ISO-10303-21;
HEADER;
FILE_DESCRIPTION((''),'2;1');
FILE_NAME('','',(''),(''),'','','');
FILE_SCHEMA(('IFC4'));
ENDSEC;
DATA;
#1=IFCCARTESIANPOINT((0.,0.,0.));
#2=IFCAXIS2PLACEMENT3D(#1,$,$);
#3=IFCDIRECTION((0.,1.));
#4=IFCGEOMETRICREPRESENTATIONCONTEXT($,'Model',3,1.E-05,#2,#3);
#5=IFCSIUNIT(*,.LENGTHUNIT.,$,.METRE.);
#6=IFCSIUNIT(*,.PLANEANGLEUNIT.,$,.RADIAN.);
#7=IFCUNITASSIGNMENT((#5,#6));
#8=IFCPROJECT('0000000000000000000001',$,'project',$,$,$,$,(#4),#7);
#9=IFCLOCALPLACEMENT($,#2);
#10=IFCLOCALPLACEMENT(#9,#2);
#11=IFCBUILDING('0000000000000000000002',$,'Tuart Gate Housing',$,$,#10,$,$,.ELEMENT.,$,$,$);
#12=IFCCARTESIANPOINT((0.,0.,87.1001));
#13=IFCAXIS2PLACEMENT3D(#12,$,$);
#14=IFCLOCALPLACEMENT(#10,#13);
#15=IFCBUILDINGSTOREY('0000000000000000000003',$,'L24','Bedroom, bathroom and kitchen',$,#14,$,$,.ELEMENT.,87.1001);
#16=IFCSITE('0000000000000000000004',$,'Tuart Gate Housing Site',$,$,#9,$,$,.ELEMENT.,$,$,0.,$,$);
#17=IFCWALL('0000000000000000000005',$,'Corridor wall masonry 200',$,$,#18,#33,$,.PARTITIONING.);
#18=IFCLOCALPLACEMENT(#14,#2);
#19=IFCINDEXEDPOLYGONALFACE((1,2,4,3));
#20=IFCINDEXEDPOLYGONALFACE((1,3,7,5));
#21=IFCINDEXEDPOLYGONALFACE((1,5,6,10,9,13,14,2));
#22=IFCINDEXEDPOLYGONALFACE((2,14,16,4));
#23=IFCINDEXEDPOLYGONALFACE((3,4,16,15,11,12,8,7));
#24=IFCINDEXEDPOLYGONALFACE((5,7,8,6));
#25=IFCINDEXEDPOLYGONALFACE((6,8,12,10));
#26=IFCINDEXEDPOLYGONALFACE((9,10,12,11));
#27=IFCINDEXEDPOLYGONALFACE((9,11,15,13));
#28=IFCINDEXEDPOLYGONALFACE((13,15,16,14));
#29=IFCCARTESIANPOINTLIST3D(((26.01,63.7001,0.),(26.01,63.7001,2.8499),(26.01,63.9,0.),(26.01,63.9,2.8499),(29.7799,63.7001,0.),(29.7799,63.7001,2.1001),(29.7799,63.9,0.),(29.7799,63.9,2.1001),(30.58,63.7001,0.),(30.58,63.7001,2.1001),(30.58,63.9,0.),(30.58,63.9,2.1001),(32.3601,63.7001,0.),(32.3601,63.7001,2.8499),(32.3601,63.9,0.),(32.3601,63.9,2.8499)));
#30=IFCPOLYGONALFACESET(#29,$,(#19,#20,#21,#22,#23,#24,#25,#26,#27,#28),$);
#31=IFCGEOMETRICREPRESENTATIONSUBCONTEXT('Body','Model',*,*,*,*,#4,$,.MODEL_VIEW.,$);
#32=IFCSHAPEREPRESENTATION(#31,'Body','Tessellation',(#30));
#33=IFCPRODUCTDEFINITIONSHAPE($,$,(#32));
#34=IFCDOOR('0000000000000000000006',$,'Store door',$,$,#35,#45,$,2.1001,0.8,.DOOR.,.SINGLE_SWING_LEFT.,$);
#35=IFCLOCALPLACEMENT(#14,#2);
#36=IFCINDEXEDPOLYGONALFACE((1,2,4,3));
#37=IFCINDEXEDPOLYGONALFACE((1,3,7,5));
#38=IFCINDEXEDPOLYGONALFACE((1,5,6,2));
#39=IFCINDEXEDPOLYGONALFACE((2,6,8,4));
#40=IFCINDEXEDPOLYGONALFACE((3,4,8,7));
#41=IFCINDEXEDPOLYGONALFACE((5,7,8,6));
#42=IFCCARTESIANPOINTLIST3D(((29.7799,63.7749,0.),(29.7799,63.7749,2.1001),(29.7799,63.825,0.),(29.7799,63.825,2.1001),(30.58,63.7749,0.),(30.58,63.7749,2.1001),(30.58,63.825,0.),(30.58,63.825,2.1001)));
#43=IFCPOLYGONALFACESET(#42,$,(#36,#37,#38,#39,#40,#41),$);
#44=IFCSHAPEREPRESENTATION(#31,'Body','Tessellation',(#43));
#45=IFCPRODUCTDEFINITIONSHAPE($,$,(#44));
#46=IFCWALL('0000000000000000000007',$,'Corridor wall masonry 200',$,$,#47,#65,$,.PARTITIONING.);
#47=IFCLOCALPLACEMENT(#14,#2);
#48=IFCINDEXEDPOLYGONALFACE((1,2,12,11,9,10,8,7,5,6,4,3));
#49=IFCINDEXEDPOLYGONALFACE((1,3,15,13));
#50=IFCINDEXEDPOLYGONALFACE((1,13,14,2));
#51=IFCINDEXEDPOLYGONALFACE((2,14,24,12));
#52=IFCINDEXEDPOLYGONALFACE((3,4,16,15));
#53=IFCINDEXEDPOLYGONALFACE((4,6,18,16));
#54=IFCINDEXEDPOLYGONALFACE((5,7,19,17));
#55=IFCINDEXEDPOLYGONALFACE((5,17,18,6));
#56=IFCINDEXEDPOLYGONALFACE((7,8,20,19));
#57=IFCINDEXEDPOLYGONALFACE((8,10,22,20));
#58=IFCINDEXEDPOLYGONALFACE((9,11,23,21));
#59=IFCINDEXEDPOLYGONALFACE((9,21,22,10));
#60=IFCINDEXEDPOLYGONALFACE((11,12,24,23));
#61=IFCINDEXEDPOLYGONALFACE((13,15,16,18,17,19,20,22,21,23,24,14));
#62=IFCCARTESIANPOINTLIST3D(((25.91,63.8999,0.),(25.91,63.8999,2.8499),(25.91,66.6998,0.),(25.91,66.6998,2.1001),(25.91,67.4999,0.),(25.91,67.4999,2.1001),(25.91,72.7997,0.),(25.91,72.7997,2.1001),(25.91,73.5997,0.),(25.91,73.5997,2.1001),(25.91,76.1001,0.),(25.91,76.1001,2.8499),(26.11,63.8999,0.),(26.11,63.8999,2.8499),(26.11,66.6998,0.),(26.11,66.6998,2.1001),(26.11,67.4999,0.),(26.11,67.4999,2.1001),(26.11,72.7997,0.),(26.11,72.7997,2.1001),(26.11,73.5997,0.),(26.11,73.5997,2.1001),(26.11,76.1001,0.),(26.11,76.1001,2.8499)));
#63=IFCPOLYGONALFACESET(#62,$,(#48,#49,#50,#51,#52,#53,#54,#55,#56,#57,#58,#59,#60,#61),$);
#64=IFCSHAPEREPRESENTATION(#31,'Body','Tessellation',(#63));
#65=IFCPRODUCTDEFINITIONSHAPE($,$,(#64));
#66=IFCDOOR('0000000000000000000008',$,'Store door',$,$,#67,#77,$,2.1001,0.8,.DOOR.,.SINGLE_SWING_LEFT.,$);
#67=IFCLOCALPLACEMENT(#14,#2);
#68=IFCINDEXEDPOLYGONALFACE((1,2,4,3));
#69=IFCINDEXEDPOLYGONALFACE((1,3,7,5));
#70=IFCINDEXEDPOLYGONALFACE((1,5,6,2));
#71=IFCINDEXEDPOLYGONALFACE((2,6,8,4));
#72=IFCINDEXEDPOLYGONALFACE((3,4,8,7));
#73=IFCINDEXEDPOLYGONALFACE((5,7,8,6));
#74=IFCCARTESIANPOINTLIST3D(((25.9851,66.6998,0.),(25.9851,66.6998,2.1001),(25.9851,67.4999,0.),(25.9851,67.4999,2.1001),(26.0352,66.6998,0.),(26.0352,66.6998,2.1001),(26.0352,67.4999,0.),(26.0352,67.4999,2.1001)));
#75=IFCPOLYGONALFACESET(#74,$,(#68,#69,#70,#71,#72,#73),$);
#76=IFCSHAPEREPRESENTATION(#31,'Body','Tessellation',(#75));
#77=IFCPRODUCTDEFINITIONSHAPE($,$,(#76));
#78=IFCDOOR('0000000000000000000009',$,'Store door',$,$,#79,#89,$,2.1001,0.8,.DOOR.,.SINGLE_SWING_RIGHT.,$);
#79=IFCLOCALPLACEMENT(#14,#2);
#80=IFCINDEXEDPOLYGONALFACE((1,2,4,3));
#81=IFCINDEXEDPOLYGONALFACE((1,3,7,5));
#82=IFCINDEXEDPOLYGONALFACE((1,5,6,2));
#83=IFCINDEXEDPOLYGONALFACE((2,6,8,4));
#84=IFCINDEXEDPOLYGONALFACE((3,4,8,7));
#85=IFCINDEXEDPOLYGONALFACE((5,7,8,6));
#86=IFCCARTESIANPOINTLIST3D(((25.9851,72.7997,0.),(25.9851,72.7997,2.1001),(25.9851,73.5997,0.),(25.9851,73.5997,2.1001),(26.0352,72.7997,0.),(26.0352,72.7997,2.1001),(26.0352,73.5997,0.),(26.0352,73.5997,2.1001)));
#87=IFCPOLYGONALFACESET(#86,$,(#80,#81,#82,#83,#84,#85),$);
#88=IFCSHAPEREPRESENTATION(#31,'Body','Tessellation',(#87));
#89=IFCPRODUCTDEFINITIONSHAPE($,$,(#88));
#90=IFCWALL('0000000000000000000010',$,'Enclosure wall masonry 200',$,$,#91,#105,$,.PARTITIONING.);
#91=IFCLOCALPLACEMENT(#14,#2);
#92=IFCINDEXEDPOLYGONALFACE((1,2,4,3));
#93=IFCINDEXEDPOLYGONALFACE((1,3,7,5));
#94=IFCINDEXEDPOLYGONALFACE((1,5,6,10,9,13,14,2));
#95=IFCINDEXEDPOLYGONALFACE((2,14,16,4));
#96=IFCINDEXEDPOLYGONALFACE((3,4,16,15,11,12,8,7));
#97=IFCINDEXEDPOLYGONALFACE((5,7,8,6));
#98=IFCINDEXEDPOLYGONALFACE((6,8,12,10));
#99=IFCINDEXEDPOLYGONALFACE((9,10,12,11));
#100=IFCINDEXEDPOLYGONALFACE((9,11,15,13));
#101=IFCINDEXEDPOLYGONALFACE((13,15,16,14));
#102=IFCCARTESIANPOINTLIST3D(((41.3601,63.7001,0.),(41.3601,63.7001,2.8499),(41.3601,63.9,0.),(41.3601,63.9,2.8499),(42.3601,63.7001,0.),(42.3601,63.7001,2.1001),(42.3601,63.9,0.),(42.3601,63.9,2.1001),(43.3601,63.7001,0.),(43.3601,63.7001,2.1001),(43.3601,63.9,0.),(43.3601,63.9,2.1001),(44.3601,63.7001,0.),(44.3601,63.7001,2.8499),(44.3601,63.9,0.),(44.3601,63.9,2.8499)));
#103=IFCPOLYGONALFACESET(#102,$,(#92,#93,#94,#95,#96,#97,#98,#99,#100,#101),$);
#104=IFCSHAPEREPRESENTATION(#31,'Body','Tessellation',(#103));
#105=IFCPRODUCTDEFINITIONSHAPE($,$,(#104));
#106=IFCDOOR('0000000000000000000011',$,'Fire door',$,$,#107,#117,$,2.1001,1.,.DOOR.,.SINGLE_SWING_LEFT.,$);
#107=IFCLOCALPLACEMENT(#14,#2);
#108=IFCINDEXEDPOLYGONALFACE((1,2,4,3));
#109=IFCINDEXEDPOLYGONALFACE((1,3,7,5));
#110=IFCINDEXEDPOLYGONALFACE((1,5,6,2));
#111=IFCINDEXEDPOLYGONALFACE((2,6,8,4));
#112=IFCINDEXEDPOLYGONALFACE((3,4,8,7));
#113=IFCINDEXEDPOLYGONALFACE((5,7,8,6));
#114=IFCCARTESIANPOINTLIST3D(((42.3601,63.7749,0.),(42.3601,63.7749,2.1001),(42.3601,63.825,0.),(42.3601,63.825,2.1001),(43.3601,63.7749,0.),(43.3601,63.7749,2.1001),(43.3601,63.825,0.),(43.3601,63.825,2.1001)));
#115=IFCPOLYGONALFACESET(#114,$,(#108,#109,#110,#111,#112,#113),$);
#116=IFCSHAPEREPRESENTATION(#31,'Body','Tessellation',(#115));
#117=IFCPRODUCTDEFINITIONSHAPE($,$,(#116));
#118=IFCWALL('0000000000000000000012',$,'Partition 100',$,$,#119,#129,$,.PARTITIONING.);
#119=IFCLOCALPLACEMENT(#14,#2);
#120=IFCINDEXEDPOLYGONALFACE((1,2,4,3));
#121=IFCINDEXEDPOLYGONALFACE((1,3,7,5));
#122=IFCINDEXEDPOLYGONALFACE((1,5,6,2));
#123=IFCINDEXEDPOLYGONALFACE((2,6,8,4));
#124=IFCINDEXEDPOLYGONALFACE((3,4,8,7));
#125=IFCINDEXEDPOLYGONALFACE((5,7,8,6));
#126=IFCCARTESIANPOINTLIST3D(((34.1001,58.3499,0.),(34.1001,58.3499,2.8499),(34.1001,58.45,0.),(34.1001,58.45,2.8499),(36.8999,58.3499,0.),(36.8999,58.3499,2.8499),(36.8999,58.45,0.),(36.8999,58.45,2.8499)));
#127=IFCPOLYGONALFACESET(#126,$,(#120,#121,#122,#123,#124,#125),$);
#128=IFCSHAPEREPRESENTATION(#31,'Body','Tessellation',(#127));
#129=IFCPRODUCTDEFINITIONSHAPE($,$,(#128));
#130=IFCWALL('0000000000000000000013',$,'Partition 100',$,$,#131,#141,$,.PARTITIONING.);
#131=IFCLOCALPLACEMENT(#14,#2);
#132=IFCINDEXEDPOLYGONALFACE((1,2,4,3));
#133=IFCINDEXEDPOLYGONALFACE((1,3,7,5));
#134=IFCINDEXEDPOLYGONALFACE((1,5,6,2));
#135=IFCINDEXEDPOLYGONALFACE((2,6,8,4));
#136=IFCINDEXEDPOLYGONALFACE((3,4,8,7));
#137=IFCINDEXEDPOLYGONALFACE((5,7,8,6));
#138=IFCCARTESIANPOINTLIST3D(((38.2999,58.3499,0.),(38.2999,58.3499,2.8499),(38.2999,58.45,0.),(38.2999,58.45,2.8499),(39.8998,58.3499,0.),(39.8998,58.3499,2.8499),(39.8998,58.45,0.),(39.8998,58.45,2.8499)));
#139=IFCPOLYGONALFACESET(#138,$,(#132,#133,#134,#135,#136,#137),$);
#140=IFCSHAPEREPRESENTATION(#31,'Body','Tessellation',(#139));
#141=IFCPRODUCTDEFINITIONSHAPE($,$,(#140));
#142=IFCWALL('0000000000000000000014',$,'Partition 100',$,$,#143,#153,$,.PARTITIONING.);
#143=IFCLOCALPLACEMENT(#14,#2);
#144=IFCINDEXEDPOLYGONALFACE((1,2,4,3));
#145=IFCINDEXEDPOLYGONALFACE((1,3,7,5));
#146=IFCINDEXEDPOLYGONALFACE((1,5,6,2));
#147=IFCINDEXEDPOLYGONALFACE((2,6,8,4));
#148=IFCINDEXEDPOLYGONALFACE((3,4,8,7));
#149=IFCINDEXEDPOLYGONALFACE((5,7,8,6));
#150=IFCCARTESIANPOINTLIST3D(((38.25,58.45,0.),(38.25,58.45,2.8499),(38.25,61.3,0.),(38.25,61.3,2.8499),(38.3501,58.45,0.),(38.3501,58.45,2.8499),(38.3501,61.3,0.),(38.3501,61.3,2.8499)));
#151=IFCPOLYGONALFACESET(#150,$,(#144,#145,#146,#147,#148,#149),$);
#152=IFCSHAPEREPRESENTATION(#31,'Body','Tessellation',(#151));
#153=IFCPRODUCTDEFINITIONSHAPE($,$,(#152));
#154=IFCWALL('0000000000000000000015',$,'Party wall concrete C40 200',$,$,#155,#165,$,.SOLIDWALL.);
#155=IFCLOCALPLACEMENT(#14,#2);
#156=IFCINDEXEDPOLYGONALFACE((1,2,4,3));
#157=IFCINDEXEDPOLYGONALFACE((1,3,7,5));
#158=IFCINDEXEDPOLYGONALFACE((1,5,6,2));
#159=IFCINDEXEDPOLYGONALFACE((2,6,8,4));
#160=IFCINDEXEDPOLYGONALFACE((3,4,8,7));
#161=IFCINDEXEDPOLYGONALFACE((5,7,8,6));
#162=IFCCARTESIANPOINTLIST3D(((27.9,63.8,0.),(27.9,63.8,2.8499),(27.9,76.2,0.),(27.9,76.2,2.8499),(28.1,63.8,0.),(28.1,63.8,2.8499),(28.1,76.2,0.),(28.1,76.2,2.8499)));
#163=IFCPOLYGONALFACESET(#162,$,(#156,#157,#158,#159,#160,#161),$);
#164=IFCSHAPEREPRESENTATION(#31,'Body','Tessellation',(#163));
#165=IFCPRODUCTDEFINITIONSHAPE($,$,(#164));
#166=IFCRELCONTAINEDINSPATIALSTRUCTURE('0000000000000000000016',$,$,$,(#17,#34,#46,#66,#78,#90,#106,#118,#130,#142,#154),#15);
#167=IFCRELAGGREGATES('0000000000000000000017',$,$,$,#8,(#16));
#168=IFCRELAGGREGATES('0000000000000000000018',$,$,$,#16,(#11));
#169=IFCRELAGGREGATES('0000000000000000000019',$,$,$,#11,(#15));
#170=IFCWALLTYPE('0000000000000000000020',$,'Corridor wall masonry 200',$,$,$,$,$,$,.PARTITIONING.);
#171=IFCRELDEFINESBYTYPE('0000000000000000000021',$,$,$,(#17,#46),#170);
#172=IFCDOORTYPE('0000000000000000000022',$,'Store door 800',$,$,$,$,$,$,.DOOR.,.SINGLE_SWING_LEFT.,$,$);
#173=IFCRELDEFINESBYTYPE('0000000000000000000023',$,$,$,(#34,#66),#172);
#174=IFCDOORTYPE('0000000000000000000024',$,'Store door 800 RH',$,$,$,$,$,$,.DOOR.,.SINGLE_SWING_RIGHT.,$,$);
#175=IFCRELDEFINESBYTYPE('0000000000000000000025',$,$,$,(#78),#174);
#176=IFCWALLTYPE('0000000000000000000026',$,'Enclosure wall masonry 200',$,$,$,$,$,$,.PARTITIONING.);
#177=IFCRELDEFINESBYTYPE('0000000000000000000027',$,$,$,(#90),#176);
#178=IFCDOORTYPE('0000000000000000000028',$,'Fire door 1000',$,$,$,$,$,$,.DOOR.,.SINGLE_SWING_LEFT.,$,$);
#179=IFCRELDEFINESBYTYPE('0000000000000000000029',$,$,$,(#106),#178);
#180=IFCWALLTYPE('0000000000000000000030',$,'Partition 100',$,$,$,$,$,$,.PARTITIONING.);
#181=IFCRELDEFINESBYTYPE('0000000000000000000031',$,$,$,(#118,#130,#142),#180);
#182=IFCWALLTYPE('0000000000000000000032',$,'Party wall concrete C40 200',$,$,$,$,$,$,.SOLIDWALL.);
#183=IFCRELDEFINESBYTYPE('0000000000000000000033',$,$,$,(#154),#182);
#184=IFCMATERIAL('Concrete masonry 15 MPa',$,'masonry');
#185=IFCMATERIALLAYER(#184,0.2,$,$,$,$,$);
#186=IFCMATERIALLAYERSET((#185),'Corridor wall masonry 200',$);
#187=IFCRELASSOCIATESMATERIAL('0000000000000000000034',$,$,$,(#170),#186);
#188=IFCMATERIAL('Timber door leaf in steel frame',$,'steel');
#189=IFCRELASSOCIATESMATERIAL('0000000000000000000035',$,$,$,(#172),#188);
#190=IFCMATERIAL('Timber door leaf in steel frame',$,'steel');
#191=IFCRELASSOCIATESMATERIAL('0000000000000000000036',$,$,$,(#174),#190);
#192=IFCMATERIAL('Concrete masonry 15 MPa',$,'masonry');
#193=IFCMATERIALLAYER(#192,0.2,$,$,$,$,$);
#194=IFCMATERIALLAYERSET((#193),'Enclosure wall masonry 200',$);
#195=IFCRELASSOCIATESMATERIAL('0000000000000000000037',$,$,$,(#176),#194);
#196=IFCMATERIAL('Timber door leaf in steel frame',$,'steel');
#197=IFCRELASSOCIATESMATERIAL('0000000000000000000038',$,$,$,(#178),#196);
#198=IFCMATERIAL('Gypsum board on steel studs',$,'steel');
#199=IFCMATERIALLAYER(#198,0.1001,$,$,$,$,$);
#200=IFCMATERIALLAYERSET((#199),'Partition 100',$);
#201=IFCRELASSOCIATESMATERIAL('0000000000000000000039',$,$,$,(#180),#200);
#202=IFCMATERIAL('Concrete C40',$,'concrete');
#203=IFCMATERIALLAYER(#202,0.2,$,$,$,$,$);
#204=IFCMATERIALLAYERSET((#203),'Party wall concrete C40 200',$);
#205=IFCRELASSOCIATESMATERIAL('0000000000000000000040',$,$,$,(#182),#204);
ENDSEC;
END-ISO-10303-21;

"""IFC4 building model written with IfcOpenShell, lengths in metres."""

from ifc_helpers import new_model, si_unit, direction, frame, frame_2d, origin, place, context, subcontext, project, spatial, rectangle, extrude, material, layer, layer_set, type_object, element, fill, save


model = new_model("IFC4")

# Units and contexts
model_context = context("Model", 3, precision=1e-05, world=origin(), true_north=direction((0.0, 1.0)))
body_context = subcontext(model_context, "Body", "Model", "MODEL_VIEW")
ifc_project = project(units=[si_unit("LENGTHUNIT", "METRE"), si_unit("PLANEANGLEUNIT", "RADIAN")], contexts=[model_context])

# Site, building, storey
site_placement = place(None, origin())
site = spatial("IfcSite", under=ifc_project, at=site_placement, Name="Tuart Gate Housing Site", CompositionType="ELEMENT", RefElevation=0.0)
building_placement = place(site_placement, origin())
building = spatial("IfcBuilding", under=site, at=building_placement, Name="Tuart Gate Housing", CompositionType="ELEMENT")
storey_placement = place(building_placement, frame((0.0, 0.0, 87.1001)))
storey = spatial("IfcBuildingStorey", under=building, at=storey_placement, Name="L24", Description="Bedroom, bathroom and kitchen", CompositionType="ELEMENT", Elevation=87.1001)

# Shared definitions
ifc_material_1 = material(Name="Concrete masonry 15 MPa", Category="masonry")
ifc_layer_1 = layer(ifc_material_1, 0.2)
ifc_layer_set_1 = layer_set([ifc_layer_1], Name="Corridor wall masonry 200")
wall_type_1 = type_object("IfcWallType", Name="Corridor wall masonry 200", PredefinedType="PARTITIONING", material=ifc_layer_set_1)

# Wall, opening, door
wall_1_placement = place(storey_placement, frame((26.01, 63.8, 0.0), z_axis=(0.0, 0.0, 1.0), x_axis=(1.0, 0.0, 0.0)))
wall_1 = element("IfcWall", 1, at=wall_1_placement, inside=storey, type_object=wall_type_1, Name="Corridor wall masonry 200", PredefinedType="PARTITIONING", context=body_context, shape_type="SweptSolid", body=[
    extrude(rectangle(XDim=6.3501, YDim=0.2, at=frame_2d((3.175, 0.0))), origin(), (0.0, 0.0, 1.0), 2.8499),
])
opening_1_placement = place(wall_1_placement, frame((3.77, 0.0, 0.0)))
opening_1 = element("IfcOpeningElement", 2, at=opening_1_placement, cuts=wall_1, PredefinedType="OPENING", context=body_context, shape_type="SweptSolid", body=[
    extrude(rectangle(XDim=0.8, YDim=2.1001, at=frame_2d((0.3999, 1.05))), frame((0.0, 0.1099, 0.0), z_axis=(0.0, -1.0, 0.0), x_axis=(1.0, 0.0, 0.0)), (0.0, 0.0, 1.0), 0.22),
])
ifc_material_2 = material(Name="Timber door leaf in steel frame", Category="steel")
door_type_1 = type_object("IfcDoorType", Name="Store door 800", OperationType="SINGLE_SWING_LEFT", PredefinedType="DOOR", material=ifc_material_2)
door_1_placement = place(opening_1_placement, origin())
door_1 = element("IfcDoor", 3, at=door_1_placement, inside=storey, type_object=door_type_1, Name="Store door", OperationType="SINGLE_SWING_LEFT", OverallHeight=2.1001, OverallWidth=0.8, PredefinedType="DOOR", context=body_context, shape_type="SweptSolid", body=[
    extrude(rectangle(XDim=0.8, YDim=2.1001, at=frame_2d((0.3999, 1.05))), frame((0.0, 0.0249, 0.0), z_axis=(0.0, -1.0, 0.0), x_axis=(1.0, 0.0, 0.0)), (0.0, 0.0, 1.0), 0.05),
])
fill(opening_1, door_1)

# Wall, openings, doors
wall_2_placement = place(storey_placement, frame((26.01, 63.8999, 0.0), z_axis=(0.0, 0.0, 1.0), x_axis=(0.0, 1.0, 0.0)))
wall_2 = element("IfcWall", 4, at=wall_2_placement, inside=storey, type_object=wall_type_1, Name="Corridor wall masonry 200", PredefinedType="PARTITIONING", context=body_context, shape_type="SweptSolid", body=[
    extrude(rectangle(XDim=12.2002, YDim=0.2, at=frame_2d((6.1001, 0.0))), origin(), (0.0, 0.0, 1.0), 2.8499),
])
opening_2_placement = place(wall_2_placement, frame((2.8, 0.0, 0.0)))
opening_2 = element("IfcOpeningElement", 5, at=opening_2_placement, cuts=wall_2, PredefinedType="OPENING", context=body_context, shape_type="SweptSolid", body=[
    extrude(rectangle(XDim=0.8, YDim=2.1001, at=frame_2d((0.3999, 1.05))), frame((0.0, 0.1099, 0.0), z_axis=(0.0, -1.0, 0.0), x_axis=(1.0, 0.0, 0.0)), (0.0, 0.0, 1.0), 0.22),
])
opening_3_placement = place(wall_2_placement, frame((8.8999, 0.0, 0.0)))
opening_3 = element("IfcOpeningElement", 6, at=opening_3_placement, cuts=wall_2, PredefinedType="OPENING", context=body_context, shape_type="SweptSolid", body=[
    extrude(rectangle(XDim=0.8, YDim=2.1001, at=frame_2d((0.3999, 1.05))), frame((0.0, 0.1099, 0.0), z_axis=(0.0, -1.0, 0.0), x_axis=(1.0, 0.0, 0.0)), (0.0, 0.0, 1.0), 0.22),
])
door_2_placement = place(opening_2_placement, frame((0.8, 0.0, 0.0), z_axis=(0.0, 0.0, 1.0), x_axis=(-1.0, 0.0, 0.0)))
door_2 = element("IfcDoor", 7, at=door_2_placement, inside=storey, type_object=door_type_1, Name="Store door", OperationType="SINGLE_SWING_LEFT", OverallHeight=2.1001, OverallWidth=0.8, PredefinedType="DOOR", context=body_context, shape_type="SweptSolid", body=[
    extrude(rectangle(XDim=0.8, YDim=2.1001, at=frame_2d((0.4001, 1.05))), frame((0.0, 0.0251, 0.0), z_axis=(0.0, -1.0, 0.0), x_axis=(1.0, 0.0, 0.0)), (0.0, 0.0, 1.0), 0.05),
])
fill(opening_2, door_2)
ifc_material_3 = material(Name="Timber door leaf in steel frame", Category="steel")
door_type_2 = type_object("IfcDoorType", Name="Store door 800 RH", OperationType="SINGLE_SWING_RIGHT", PredefinedType="DOOR", material=ifc_material_3)
door_3_placement = place(opening_3_placement, frame((0.8, 0.0, 0.0), z_axis=(0.0, 0.0, 1.0), x_axis=(-1.0, 0.0, 0.0)))
door_3 = element("IfcDoor", 8, at=door_3_placement, inside=storey, type_object=door_type_2, Name="Store door", OperationType="SINGLE_SWING_RIGHT", OverallHeight=2.1001, OverallWidth=0.8, PredefinedType="DOOR", context=body_context, shape_type="SweptSolid", body=[
    extrude(rectangle(XDim=0.8, YDim=2.1001, at=frame_2d((0.4001, 1.05))), frame((0.0, 0.0251, 0.0), z_axis=(0.0, -1.0, 0.0), x_axis=(1.0, 0.0, 0.0)), (0.0, 0.0, 1.0), 0.05),
])
fill(opening_3, door_3)

# Wall, opening, door
ifc_material_4 = material(Name="Concrete masonry 15 MPa", Category="masonry")
ifc_layer_2 = layer(ifc_material_4, 0.2)
ifc_layer_set_2 = layer_set([ifc_layer_2], Name="Enclosure wall masonry 200")
wall_type_2 = type_object("IfcWallType", Name="Enclosure wall masonry 200", PredefinedType="PARTITIONING", material=ifc_layer_set_2)
wall_3_placement = place(storey_placement, frame((41.3601, 63.8, 0.0), z_axis=(0.0, 0.0, 1.0), x_axis=(1.0, 0.0, 0.0)))
wall_3 = element("IfcWall", 9, at=wall_3_placement, inside=storey, type_object=wall_type_2, Name="Enclosure wall masonry 200", PredefinedType="PARTITIONING", context=body_context, shape_type="SweptSolid", body=[
    extrude(rectangle(XDim=3.0, YDim=0.2, at=frame_2d((1.5, 0.0))), origin(), (0.0, 0.0, 1.0), 2.8499),
])
opening_4_placement = place(wall_3_placement, frame((1.0, 0.0, 0.0)))
opening_4 = element("IfcOpeningElement", 10, at=opening_4_placement, cuts=wall_3, PredefinedType="OPENING", context=body_context, shape_type="SweptSolid", body=[
    extrude(rectangle(XDim=1.0, YDim=2.1001, at=frame_2d((0.5, 1.05))), frame((0.0, 0.1099, 0.0), z_axis=(0.0, -1.0, 0.0), x_axis=(1.0, 0.0, 0.0)), (0.0, 0.0, 1.0), 0.22),
])
ifc_material_5 = material(Name="Timber door leaf in steel frame", Category="steel")
door_type_3 = type_object("IfcDoorType", Name="Fire door 1000", OperationType="SINGLE_SWING_LEFT", PredefinedType="DOOR", material=ifc_material_5)
door_4_placement = place(opening_4_placement, frame((1.0, 0.0, 0.0), z_axis=(0.0, 0.0, 1.0), x_axis=(-1.0, 0.0, 0.0)))
door_4 = element("IfcDoor", 11, at=door_4_placement, inside=storey, type_object=door_type_3, Name="Fire door", OperationType="SINGLE_SWING_LEFT", OverallHeight=2.1001, OverallWidth=1.0, PredefinedType="DOOR", context=body_context, shape_type="SweptSolid", body=[
    extrude(rectangle(XDim=1.0, YDim=2.1001, at=frame_2d((0.5, 1.05))), frame((0.0, 0.0251, 0.0), z_axis=(0.0, -1.0, 0.0), x_axis=(1.0, 0.0, 0.0)), (0.0, 0.0, 1.0), 0.05),
])
fill(opening_4, door_4)

# Walls
ifc_material_6 = material(Name="Gypsum board on steel studs", Category="steel")
ifc_layer_3 = layer(ifc_material_6, 0.1001)
ifc_layer_set_3 = layer_set([ifc_layer_3], Name="Partition 100")
wall_type_3 = type_object("IfcWallType", Name="Partition 100", PredefinedType="PARTITIONING", material=ifc_layer_set_3)
wall_4_placement = place(storey_placement, frame((34.1001, 58.3999, 0.0), z_axis=(0.0, 0.0, 1.0), x_axis=(1.0, 0.0, 0.0)))
element("IfcWall", 12, at=wall_4_placement, inside=storey, type_object=wall_type_3, Name="Partition 100", PredefinedType="PARTITIONING", context=body_context, shape_type="SweptSolid", body=[
    extrude(rectangle(XDim=2.7998, YDim=0.1001, at=frame_2d((1.3999, 0.0))), origin(), (0.0, 0.0, 1.0), 2.8499),
])
wall_5_placement = place(storey_placement, frame((38.3, 58.3999, 0.0), z_axis=(0.0, 0.0, 1.0), x_axis=(1.0, 0.0, 0.0)))
element("IfcWall", 13, at=wall_5_placement, inside=storey, type_object=wall_type_3, Name="Partition 100", PredefinedType="PARTITIONING", context=body_context, shape_type="SweptSolid", body=[
    extrude(rectangle(XDim=1.5999, YDim=0.1001, at=frame_2d((0.7998, 0.0))), origin(), (0.0, 0.0, 1.0), 2.8499),
])
wall_6_placement = place(storey_placement, frame((38.3, 58.45, 0.0), z_axis=(0.0, 0.0, 1.0), x_axis=(0.0, 1.0, 0.0)))
element("IfcWall", 14, at=wall_6_placement, inside=storey, type_object=wall_type_3, Name="Partition 100", PredefinedType="PARTITIONING", context=body_context, shape_type="SweptSolid", body=[
    extrude(rectangle(XDim=2.8501, YDim=0.1001, at=frame_2d((1.425, 0.0))), origin(), (0.0, 0.0, 1.0), 2.8499),
])
ifc_material_7 = material(Name="Concrete C40", Category="concrete")
ifc_layer_4 = layer(ifc_material_7, 0.2)
ifc_layer_set_4 = layer_set([ifc_layer_4], Name="Party wall concrete C40 200")
wall_type_4 = type_object("IfcWallType", Name="Party wall concrete C40 200", PredefinedType="SOLIDWALL", material=ifc_layer_set_4)
wall_7_placement = place(storey_placement, frame((28.0, 63.8, 0.0), z_axis=(0.0, 0.0, 1.0), x_axis=(0.0, 1.0, 0.0)))
element("IfcWall", 15, at=wall_7_placement, inside=storey, type_object=wall_type_4, Name="Party wall concrete C40 200", PredefinedType="SOLIDWALL", context=body_context, shape_type="SweptSolid", body=[
    extrude(rectangle(XDim=12.3999, YDim=0.2, at=frame_2d((6.2, 0.0))), origin(), (0.0, 0.0, 1.0), 2.8499),
])

save(model, "model.ifc")
